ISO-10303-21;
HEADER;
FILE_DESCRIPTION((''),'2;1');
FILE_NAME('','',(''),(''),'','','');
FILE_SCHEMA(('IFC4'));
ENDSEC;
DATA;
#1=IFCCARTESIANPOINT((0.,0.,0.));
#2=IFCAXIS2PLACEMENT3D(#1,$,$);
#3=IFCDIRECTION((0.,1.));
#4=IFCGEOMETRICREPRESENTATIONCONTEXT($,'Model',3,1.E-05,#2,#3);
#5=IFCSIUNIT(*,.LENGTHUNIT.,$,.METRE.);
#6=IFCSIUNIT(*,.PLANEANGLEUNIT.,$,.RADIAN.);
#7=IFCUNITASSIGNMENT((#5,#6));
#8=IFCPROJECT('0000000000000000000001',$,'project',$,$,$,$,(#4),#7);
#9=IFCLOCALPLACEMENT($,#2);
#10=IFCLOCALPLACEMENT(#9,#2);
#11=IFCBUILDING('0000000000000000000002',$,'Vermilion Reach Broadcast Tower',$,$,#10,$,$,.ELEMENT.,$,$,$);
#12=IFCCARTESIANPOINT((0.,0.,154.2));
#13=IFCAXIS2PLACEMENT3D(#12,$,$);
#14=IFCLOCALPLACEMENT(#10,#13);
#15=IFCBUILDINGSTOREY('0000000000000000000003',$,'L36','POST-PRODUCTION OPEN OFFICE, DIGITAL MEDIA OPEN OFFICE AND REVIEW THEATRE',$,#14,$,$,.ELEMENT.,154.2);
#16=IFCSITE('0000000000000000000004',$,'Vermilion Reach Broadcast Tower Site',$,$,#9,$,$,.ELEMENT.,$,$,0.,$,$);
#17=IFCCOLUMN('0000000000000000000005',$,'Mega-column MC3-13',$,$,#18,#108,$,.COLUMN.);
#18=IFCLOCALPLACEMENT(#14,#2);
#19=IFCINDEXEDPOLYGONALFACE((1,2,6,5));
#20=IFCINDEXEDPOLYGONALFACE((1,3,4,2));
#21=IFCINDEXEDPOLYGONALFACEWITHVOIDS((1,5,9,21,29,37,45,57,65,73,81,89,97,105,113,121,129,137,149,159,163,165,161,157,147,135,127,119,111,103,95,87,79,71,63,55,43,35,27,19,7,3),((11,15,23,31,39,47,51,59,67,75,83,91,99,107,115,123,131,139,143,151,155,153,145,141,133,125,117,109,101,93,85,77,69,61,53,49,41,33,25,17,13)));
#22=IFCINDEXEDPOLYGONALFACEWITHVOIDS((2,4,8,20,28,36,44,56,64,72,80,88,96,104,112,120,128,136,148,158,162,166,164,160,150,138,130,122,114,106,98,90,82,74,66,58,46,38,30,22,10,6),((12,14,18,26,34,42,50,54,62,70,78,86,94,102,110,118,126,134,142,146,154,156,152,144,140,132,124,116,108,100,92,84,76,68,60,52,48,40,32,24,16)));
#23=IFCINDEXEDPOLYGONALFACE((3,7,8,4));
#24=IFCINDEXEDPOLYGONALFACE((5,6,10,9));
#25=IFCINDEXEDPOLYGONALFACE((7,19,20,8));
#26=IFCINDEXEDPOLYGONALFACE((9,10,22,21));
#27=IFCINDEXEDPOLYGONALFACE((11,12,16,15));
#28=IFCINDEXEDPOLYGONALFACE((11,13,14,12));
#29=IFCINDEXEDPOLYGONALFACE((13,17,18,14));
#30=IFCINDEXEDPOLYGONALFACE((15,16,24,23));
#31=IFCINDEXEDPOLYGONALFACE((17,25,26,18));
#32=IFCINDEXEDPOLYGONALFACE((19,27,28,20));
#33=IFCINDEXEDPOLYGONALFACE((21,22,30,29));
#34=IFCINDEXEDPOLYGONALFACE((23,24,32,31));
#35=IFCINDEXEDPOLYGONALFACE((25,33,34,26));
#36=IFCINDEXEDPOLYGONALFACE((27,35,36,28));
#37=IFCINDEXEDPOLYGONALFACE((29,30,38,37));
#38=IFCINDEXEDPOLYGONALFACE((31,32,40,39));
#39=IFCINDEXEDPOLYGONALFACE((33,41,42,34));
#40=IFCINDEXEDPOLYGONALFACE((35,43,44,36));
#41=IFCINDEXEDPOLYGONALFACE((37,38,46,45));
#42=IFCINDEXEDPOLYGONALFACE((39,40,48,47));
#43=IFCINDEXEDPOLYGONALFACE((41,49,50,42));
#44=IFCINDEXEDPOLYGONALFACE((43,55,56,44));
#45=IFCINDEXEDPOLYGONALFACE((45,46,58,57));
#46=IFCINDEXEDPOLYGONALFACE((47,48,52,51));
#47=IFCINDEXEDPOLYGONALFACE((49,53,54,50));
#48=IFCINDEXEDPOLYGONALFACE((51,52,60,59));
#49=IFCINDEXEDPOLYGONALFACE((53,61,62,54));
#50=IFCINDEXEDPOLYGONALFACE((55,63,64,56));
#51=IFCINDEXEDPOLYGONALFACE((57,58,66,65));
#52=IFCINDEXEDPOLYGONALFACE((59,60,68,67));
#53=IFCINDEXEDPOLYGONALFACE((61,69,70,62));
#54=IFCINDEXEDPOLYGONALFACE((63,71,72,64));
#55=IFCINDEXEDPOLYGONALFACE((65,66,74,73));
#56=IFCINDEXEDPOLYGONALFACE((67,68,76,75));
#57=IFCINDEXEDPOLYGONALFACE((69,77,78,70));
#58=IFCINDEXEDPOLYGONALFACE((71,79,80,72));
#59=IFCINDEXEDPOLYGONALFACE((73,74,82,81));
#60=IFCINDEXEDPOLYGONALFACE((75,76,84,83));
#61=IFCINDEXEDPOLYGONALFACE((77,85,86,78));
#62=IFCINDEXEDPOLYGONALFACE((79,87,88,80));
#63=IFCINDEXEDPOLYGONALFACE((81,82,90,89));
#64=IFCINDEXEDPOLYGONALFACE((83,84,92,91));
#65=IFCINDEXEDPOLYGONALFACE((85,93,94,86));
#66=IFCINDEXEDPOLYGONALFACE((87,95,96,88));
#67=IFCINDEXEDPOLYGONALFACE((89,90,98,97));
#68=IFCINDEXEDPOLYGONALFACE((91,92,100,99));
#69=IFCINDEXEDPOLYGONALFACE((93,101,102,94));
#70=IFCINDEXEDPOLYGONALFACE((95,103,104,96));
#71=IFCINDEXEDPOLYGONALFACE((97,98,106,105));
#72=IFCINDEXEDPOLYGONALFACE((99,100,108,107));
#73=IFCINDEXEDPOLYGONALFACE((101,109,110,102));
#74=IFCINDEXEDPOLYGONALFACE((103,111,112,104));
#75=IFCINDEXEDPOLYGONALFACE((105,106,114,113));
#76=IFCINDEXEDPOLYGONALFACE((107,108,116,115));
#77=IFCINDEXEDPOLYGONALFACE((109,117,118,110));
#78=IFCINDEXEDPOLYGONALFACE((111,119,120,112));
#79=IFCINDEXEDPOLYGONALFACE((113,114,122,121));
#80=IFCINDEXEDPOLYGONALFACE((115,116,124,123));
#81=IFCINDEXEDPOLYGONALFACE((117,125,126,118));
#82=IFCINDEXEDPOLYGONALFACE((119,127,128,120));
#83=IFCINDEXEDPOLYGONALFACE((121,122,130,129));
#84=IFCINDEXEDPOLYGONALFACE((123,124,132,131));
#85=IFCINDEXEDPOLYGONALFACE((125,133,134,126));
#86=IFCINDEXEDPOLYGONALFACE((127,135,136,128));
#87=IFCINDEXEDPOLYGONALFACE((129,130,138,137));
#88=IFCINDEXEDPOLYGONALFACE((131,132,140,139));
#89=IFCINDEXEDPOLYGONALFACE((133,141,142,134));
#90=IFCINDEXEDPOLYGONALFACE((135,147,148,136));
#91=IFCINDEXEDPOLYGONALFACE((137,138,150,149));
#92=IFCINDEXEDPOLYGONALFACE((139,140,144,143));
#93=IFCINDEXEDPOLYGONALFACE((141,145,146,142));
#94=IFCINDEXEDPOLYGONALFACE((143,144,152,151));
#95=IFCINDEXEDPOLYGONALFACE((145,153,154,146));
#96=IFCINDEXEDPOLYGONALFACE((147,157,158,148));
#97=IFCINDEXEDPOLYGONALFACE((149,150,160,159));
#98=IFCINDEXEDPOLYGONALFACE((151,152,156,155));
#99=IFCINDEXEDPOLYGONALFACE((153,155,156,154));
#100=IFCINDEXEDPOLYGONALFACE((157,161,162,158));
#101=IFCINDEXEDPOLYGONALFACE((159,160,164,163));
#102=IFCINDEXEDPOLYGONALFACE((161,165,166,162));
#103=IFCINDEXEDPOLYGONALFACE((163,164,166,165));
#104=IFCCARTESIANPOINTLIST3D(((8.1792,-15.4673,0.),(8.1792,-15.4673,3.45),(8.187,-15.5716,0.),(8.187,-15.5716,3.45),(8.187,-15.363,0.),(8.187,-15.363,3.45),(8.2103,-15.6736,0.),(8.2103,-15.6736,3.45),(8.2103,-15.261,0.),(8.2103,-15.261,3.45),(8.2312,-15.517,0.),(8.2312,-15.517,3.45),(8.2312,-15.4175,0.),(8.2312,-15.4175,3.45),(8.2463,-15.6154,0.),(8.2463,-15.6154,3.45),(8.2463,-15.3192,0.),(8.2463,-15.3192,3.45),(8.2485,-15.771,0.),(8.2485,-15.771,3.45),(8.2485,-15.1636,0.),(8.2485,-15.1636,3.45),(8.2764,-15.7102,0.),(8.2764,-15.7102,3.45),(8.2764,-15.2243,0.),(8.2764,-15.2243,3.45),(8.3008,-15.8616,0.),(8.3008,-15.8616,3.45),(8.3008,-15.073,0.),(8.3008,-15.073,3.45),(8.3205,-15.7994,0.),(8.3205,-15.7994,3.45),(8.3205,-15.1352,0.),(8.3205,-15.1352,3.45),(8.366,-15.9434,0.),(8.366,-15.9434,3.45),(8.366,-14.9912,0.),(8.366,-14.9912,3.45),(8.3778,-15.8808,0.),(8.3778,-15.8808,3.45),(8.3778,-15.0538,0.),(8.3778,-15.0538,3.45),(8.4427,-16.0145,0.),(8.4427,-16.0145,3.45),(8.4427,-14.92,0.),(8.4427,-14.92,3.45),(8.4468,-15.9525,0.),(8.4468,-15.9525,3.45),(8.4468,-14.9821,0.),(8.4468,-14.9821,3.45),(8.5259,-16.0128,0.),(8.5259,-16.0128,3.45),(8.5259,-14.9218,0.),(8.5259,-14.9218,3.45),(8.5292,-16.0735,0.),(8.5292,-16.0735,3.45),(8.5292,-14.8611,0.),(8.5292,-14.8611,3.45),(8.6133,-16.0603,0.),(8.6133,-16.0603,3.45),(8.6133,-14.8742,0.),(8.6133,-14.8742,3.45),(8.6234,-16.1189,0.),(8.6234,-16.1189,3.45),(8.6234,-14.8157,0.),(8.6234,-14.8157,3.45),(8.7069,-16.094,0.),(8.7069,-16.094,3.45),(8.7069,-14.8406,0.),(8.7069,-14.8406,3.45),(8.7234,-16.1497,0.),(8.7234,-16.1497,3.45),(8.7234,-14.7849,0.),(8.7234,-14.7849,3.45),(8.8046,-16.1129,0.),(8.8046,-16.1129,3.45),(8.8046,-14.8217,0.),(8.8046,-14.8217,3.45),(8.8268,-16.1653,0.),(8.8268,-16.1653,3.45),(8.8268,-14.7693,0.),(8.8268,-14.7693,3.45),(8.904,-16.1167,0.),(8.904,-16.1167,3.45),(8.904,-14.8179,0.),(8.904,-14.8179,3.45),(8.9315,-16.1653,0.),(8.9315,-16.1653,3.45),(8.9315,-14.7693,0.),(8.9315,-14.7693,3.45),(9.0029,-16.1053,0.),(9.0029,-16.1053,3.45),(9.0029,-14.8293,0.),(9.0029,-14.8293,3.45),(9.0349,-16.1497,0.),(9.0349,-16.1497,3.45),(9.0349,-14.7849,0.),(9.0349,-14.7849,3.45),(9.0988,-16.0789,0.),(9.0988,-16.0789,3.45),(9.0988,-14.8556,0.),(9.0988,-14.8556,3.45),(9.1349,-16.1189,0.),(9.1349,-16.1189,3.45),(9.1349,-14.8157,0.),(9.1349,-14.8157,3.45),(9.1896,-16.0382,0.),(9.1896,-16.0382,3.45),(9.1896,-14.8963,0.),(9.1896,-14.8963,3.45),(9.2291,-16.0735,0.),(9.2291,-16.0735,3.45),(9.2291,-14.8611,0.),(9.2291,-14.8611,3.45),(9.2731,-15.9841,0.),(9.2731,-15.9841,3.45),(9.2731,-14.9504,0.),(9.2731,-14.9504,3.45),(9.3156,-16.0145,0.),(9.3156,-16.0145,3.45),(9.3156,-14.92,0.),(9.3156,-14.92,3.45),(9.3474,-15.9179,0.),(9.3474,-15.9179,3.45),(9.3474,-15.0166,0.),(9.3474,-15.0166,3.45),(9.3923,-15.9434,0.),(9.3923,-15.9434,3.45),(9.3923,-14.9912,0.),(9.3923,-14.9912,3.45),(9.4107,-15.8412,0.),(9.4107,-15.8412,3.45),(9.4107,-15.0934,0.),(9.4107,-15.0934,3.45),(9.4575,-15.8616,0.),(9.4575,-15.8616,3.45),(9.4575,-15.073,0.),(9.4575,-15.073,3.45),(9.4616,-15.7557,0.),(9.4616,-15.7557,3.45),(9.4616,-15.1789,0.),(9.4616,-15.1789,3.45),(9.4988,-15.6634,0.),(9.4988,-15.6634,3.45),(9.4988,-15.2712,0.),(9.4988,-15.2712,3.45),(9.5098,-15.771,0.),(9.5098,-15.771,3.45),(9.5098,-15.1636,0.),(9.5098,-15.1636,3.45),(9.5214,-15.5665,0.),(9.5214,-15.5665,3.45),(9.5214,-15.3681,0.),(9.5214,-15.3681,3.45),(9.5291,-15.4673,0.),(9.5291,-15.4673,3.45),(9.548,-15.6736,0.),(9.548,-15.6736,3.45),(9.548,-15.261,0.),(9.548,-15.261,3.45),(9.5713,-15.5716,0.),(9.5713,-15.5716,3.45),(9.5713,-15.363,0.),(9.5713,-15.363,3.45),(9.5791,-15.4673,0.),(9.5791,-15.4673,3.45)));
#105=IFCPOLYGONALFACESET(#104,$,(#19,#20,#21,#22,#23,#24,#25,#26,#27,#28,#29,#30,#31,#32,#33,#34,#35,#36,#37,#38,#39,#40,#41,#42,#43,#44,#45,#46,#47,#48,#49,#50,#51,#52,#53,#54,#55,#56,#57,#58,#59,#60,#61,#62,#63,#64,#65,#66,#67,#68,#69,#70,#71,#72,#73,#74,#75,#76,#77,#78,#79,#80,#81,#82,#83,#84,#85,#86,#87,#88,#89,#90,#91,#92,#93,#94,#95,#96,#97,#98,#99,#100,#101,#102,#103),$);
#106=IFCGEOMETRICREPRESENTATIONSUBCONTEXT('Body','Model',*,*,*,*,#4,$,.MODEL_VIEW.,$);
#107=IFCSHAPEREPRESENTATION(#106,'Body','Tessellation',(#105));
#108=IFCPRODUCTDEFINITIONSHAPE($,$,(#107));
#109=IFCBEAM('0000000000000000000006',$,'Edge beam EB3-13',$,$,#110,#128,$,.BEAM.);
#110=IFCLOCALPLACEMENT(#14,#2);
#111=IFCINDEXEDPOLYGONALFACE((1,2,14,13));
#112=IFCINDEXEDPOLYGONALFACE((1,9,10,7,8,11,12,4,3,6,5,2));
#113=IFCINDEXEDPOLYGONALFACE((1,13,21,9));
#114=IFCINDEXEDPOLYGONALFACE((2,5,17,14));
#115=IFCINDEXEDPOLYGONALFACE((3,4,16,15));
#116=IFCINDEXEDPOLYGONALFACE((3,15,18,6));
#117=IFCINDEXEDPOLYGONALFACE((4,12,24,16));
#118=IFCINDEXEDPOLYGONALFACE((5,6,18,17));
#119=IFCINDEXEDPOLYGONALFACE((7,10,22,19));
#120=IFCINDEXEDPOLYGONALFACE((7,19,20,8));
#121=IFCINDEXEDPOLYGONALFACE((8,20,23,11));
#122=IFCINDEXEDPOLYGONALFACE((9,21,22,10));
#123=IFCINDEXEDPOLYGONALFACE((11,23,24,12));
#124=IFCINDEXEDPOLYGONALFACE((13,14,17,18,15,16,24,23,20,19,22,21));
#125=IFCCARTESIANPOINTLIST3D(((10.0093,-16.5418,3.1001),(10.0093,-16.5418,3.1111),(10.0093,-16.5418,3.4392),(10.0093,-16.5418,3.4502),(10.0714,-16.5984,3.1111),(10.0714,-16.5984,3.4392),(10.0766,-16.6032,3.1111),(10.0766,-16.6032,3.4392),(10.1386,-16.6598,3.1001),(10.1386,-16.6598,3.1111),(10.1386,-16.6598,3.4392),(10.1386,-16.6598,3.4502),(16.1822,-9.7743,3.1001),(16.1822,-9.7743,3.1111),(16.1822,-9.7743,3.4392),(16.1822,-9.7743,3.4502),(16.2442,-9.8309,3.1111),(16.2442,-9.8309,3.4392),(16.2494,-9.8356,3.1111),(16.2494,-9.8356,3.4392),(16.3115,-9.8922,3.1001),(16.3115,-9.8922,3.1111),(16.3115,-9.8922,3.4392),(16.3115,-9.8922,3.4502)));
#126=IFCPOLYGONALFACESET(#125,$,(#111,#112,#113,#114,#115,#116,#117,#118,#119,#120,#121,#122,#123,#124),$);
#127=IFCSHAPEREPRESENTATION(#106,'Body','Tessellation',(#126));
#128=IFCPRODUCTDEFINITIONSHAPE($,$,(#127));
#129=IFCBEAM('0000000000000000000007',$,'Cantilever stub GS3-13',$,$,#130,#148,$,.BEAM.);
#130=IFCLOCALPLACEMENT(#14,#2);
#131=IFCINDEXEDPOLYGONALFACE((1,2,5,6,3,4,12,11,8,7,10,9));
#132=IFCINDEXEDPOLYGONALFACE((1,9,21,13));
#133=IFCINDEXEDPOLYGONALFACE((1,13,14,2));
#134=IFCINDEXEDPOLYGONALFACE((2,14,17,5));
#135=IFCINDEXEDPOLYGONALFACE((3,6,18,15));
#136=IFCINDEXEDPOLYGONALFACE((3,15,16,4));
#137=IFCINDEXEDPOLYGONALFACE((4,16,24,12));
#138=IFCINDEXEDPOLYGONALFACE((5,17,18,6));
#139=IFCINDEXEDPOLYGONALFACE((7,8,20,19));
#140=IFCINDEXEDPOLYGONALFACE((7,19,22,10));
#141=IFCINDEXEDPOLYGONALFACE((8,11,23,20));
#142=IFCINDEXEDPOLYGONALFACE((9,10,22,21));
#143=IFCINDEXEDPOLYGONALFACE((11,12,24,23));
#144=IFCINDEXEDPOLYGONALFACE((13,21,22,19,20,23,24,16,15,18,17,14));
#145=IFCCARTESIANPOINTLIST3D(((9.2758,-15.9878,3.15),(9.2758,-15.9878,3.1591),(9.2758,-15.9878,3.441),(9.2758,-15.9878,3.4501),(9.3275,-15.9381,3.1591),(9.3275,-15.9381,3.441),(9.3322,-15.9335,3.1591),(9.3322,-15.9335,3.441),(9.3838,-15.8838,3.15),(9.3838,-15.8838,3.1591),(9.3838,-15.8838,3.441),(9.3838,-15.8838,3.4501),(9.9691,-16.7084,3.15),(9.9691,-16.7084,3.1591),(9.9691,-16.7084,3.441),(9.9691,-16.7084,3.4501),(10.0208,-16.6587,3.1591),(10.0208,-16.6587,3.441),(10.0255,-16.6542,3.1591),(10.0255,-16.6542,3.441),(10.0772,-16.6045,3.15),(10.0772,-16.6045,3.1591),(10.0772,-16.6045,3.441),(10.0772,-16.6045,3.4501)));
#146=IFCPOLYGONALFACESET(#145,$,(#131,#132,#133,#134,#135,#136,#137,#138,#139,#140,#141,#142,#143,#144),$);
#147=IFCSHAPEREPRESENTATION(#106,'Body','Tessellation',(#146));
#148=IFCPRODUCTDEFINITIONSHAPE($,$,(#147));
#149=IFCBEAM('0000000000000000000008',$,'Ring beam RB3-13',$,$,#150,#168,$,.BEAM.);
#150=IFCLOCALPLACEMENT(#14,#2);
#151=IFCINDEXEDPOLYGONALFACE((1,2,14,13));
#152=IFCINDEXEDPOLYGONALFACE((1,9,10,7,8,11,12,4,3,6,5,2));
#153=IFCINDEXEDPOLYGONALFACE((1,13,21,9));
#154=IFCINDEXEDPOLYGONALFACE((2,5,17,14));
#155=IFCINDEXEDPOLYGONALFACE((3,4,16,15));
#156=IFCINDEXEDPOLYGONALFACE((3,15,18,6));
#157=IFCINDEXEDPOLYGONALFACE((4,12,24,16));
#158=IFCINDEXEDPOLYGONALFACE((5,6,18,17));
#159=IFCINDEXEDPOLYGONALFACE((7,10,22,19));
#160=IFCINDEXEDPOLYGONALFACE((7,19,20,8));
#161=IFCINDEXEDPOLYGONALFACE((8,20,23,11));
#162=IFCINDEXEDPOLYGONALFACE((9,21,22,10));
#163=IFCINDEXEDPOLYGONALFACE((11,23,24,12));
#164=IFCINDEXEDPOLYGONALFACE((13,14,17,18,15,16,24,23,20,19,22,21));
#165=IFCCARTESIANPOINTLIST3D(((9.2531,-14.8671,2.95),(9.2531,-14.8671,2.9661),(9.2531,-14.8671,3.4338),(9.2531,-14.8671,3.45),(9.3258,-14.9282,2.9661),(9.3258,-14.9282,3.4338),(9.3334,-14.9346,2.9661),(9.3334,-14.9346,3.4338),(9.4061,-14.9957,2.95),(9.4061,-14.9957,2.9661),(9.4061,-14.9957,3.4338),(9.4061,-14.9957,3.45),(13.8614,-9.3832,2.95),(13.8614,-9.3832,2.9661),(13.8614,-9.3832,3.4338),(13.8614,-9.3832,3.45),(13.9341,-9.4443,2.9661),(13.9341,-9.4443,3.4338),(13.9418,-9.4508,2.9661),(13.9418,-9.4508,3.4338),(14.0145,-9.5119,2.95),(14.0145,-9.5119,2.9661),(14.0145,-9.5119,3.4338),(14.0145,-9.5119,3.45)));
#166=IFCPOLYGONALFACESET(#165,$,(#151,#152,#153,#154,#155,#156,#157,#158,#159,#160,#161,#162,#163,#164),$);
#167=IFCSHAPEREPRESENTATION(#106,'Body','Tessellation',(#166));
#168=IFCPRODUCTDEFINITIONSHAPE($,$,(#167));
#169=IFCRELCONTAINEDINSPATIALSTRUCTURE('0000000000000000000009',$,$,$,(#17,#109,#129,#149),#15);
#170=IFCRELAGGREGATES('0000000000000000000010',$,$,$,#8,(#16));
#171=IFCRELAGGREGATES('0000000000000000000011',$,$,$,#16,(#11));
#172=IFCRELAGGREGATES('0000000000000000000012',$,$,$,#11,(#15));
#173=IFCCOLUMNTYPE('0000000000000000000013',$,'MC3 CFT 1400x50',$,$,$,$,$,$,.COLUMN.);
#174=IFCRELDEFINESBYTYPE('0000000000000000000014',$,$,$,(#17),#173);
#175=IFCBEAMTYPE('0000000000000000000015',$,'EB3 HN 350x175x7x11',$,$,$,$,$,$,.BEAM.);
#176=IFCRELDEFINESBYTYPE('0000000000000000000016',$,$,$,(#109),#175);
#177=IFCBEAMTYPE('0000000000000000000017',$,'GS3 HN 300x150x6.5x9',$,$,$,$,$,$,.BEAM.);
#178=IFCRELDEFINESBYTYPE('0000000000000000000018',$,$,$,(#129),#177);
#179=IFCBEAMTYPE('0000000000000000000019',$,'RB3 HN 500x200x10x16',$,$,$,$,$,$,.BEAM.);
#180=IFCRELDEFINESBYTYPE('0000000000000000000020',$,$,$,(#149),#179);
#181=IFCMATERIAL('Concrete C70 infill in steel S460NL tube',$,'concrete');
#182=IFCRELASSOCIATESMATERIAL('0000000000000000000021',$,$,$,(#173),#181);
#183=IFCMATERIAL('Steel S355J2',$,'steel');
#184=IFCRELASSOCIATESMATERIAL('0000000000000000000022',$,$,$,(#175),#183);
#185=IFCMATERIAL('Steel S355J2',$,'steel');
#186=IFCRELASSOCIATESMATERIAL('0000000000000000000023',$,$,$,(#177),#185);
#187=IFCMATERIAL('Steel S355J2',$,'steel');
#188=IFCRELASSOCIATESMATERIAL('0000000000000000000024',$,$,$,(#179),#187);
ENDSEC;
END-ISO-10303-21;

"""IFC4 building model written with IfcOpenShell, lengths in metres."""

from ifc_helpers import new_model, si_unit, direction, frame, origin, origin_2d, place, context, subcontext, project, spatial, hollow_circle, i_section, extrude, material, material_profile, profile_set, type_object, element, save


model = new_model("IFC4")

# Units and contexts
model_context = context("Model", 3, precision=1e-05, world=origin(), true_north=direction((0.0, 1.0)))
body_context = subcontext(model_context, "Body", "Model", "MODEL_VIEW")
ifc_project = project(units=[si_unit("LENGTHUNIT", "METRE"), si_unit("PLANEANGLEUNIT", "RADIAN")], contexts=[model_context])

# Site, building, storey
site_placement = place(None, origin())
site = spatial("IfcSite", under=ifc_project, at=site_placement, Name="Vermilion Reach Broadcast Tower Site", CompositionType="ELEMENT", RefElevation=0.0)
building_placement = place(site_placement, origin())
building = spatial("IfcBuilding", under=site, at=building_placement, Name="Vermilion Reach Broadcast Tower", CompositionType="ELEMENT")
storey_placement = place(building_placement, frame((0.0, 0.0, 154.2)))
storey = spatial("IfcBuildingStorey", under=building, at=storey_placement, Name="L36", Description="POST-PRODUCTION OPEN OFFICE, DIGITAL MEDIA OPEN OFFICE AND REVIEW THEATRE", CompositionType="ELEMENT", Elevation=154.2)

# Column
ifc_material_1 = material(Name="Concrete C70 infill in steel S460NL tube", Category="concrete")
ifc_material_profile_1 = material_profile(ifc_material_1, hollow_circle(Radius=0.7, WallThickness=0.05, at=origin_2d()), Name="Concrete C70 infill in steel S460NL tube CFT 1400x50")
ifc_profile_set_1 = profile_set([ifc_material_profile_1], Name="Concrete C70 infill in steel S460NL tube")
column_type = type_object("IfcColumnType", Name="MC3 CFT 1400x50", PredefinedType="COLUMN", material=ifc_profile_set_1)
column_placement = place(storey_placement, frame((8.8792, -15.4673, 0.0), z_axis=(0.0, 0.0, 1.0), x_axis=(1.0, 0.0, 0.0)))
element("IfcColumn", 1, at=column_placement, inside=storey, type_object=column_type, Name="Mega-column MC3-13", PredefinedType="COLUMN", context=body_context, shape_type="SweptSolid", body=[
    extrude(hollow_circle(Radius=0.7, WallThickness=0.05, at=origin_2d()), origin(), (0.0, 0.0, 1.0), 3.45),
])

# Beams
ifc_material_2 = material(Name="Steel S355J2", Category="steel")
ifc_material_profile_2 = material_profile(ifc_material_2, i_section(OverallWidth=0.175, OverallDepth=0.3501, WebThickness=0.0071, FlangeThickness=0.011, at=origin_2d()), Name="S355J2 HN 350x175x7x11")
ifc_profile_set_2 = profile_set([ifc_material_profile_2], Name="Steel S355J2")
beam_type_1 = type_object("IfcBeamType", Name="EB3 HN 350x175x7x11", PredefinedType="BEAM", material=ifc_profile_set_2)
beam_1_placement = place(storey_placement, frame((10.074, -16.6008, 3.2751), z_axis=(0.673898, 0.738825, 0.0), x_axis=(-0.738825, 0.673898, 0.0)))
element("IfcBeam", 2, at=beam_1_placement, inside=storey, type_object=beam_type_1, Name="Edge beam EB3-13", PredefinedType="BEAM", context=body_context, shape_type="SweptSolid", body=[
    extrude(i_section(OverallWidth=0.175, OverallDepth=0.3501, WebThickness=0.0071, FlangeThickness=0.011, at=origin_2d()), origin(), (0.0, 0.0, 1.0), 9.1599),
])
ifc_material_3 = material(Name="Steel S355J2", Category="steel")
ifc_material_profile_3 = material_profile(ifc_material_3, i_section(OverallWidth=0.1499, OverallDepth=0.3, WebThickness=0.0066, FlangeThickness=0.009, at=origin_2d()), Name="S355J2 HN 300x150x6.5x9")
ifc_profile_set_3 = profile_set([ifc_material_profile_3], Name="Steel S355J2")
beam_type_2 = type_object("IfcBeamType", Name="GS3 HN 300x150x6.5x9", PredefinedType="BEAM", material=ifc_profile_set_3)
beam_2_placement = place(storey_placement, frame((9.3298, -15.9358, 3.3), z_axis=(0.693304, -0.720645, 0.0), x_axis=(0.720645, 0.693304, 0.0)))
element("IfcBeam", 3, at=beam_2_placement, inside=storey, type_object=beam_type_2, Name="Cantilever stub GS3-13", PredefinedType="BEAM", context=body_context, shape_type="SweptSolid", body=[
    extrude(i_section(OverallWidth=0.1499, OverallDepth=0.3, WebThickness=0.0066, FlangeThickness=0.009, at=origin_2d()), origin(), (0.0, 0.0, 1.0), 1.0),
])
ifc_material_4 = material(Name="Steel S355J2", Category="steel")
ifc_material_profile_4 = material_profile(ifc_material_4, i_section(OverallWidth=0.2, OverallDepth=0.5, WebThickness=0.01, FlangeThickness=0.0161, at=origin_2d()), Name="S355J2 HN 500x200x10x16")
ifc_profile_set_4 = profile_set([ifc_material_profile_4], Name="Steel S355J2")
beam_type_3 = type_object("IfcBeamType", Name="RB3 HN 500x200x10x16", PredefinedType="BEAM", material=ifc_profile_set_4)
beam_3_placement = place(storey_placement, frame((9.3296, -14.9314, 3.2), z_axis=(0.64335, 0.765572, 0.0), x_axis=(-0.765572, 0.64335, 0.0)))
element("IfcBeam", 4, at=beam_3_placement, inside=storey, type_object=beam_type_3, Name="Ring beam RB3-13", PredefinedType="BEAM", context=body_context, shape_type="SweptSolid", body=[
    extrude(i_section(OverallWidth=0.2, OverallDepth=0.5, WebThickness=0.01, FlangeThickness=0.0161, at=origin_2d()), origin(), (0.0, 0.0, 1.0), 7.1631),
])

save(model, "model.ifc")
